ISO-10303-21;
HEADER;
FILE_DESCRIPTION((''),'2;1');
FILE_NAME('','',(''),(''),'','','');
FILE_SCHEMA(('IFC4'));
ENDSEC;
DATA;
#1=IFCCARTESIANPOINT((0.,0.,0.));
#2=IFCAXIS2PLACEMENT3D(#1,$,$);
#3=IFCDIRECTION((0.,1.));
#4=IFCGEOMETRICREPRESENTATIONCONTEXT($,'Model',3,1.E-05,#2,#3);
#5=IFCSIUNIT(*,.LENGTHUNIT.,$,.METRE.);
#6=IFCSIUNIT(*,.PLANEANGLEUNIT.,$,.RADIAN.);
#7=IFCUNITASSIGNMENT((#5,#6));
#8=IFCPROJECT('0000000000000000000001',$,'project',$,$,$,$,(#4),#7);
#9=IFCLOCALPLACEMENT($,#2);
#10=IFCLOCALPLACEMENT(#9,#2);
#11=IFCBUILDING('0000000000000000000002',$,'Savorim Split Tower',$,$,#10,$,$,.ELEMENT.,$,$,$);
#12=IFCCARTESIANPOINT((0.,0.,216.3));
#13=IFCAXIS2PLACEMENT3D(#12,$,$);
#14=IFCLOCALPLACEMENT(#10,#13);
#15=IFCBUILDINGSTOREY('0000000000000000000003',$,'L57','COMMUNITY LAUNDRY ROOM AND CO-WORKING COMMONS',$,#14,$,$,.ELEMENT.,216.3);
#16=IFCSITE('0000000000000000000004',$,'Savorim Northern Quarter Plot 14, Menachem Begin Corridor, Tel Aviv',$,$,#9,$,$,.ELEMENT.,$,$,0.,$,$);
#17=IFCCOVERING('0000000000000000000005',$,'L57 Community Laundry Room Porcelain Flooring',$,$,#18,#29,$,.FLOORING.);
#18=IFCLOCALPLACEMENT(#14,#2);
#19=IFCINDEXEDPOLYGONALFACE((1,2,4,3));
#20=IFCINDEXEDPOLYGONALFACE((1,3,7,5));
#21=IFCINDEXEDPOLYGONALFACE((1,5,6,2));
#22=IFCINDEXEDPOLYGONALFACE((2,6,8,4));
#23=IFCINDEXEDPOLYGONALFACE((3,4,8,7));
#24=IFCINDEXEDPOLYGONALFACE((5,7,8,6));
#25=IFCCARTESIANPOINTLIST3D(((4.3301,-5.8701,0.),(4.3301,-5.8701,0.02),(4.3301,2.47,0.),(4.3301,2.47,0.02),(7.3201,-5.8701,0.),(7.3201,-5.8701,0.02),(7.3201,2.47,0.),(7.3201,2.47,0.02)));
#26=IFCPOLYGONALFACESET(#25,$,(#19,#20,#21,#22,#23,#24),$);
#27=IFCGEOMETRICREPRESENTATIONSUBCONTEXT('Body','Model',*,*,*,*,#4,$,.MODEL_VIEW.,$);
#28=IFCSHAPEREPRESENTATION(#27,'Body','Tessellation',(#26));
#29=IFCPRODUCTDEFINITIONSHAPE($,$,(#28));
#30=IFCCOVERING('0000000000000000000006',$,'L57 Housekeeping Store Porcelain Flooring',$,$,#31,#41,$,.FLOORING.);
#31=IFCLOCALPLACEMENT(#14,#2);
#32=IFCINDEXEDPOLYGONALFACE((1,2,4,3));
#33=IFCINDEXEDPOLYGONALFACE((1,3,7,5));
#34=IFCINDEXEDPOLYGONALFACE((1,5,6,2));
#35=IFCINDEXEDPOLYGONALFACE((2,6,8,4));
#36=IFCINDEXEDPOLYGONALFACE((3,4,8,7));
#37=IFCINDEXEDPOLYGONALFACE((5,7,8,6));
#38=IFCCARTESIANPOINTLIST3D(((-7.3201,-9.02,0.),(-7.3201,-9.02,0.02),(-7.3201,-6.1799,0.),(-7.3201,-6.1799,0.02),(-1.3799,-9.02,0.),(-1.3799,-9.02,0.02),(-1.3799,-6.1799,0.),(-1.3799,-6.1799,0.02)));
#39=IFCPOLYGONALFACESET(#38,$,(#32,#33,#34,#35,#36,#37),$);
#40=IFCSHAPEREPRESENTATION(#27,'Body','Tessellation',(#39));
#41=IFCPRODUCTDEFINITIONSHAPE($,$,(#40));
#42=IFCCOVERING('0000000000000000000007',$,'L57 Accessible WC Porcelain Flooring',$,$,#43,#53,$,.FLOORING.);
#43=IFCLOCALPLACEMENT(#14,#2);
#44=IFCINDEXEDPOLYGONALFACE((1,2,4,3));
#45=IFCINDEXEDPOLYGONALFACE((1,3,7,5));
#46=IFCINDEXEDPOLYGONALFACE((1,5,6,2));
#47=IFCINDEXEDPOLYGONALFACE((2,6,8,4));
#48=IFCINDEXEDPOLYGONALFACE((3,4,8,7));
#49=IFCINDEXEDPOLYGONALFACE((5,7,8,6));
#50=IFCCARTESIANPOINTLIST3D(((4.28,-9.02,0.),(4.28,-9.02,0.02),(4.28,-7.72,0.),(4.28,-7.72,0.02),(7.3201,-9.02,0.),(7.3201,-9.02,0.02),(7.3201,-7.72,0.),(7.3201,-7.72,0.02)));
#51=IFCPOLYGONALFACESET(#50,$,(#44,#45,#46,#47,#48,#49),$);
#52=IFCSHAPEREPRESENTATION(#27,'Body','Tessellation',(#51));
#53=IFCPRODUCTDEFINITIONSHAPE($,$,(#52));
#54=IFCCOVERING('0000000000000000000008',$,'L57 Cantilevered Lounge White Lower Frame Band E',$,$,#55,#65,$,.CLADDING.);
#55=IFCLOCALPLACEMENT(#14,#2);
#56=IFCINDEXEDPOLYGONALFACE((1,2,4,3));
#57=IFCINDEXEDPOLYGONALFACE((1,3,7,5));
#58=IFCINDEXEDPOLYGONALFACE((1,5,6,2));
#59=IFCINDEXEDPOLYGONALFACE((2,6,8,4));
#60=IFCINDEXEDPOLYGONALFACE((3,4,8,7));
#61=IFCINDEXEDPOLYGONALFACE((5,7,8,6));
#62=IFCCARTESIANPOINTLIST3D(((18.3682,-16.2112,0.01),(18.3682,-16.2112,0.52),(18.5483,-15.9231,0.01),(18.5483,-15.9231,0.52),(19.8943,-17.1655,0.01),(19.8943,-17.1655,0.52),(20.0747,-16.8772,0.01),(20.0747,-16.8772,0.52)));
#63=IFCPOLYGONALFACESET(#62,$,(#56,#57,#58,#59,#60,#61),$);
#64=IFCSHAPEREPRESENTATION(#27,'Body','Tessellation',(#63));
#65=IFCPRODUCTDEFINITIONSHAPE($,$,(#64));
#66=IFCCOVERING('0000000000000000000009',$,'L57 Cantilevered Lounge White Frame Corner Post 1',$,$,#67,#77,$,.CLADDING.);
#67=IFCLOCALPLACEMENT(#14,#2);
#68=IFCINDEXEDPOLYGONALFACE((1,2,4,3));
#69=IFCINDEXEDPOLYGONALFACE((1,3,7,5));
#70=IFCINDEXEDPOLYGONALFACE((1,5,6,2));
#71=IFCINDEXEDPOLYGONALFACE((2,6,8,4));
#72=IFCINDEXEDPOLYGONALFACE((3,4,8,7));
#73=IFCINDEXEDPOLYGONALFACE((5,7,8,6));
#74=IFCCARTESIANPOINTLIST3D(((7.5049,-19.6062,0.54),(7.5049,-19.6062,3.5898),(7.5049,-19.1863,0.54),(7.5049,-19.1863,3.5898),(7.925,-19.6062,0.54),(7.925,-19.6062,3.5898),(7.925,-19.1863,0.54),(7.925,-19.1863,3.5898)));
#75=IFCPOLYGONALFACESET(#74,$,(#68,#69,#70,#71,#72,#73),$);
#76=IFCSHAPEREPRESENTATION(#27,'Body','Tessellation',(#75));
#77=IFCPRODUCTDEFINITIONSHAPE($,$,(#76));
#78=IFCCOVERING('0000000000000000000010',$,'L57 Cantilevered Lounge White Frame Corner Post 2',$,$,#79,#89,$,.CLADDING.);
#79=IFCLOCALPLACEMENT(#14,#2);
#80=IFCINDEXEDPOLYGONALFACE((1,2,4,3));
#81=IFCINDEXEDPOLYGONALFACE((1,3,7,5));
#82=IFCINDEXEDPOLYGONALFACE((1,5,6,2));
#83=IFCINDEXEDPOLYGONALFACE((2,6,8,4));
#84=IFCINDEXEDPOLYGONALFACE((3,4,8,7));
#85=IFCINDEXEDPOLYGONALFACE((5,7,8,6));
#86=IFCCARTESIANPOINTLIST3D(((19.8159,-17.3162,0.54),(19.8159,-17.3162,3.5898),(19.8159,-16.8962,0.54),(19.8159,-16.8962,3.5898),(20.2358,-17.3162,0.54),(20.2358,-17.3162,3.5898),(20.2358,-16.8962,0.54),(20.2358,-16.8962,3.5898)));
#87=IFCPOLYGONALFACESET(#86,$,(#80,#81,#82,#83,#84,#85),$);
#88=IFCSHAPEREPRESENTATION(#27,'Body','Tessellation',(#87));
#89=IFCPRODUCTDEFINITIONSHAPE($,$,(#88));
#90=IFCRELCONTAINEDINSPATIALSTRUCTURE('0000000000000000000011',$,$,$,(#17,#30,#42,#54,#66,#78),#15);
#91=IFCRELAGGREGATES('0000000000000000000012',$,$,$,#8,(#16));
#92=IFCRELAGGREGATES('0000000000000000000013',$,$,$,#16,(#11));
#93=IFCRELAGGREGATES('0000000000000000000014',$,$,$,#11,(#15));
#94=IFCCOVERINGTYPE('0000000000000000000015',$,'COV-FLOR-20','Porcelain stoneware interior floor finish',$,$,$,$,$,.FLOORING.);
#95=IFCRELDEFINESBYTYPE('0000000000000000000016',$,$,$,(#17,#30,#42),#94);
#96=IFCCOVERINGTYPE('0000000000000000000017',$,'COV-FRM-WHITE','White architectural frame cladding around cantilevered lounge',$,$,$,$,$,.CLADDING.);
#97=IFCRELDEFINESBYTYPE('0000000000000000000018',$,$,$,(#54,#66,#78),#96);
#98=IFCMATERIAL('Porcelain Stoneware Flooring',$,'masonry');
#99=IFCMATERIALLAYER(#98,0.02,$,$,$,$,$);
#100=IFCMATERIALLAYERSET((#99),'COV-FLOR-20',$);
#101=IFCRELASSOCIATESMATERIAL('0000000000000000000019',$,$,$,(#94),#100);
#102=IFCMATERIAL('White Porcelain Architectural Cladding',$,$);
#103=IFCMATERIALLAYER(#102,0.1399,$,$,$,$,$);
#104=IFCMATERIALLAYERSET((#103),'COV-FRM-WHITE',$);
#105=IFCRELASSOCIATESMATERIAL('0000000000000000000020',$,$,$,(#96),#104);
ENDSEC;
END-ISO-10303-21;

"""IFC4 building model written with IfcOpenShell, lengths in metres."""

from ifc_helpers import new_model, si_unit, direction, frame, origin, place, context, subcontext, project, spatial, polyline, outline, extrude, material, layer, layer_set, type_object, element, save


model = new_model("IFC4")

# Units and contexts
model_context = context("Model", 3, precision=1e-05, world=origin(), true_north=direction((0.0, 1.0)))
body_context = subcontext(model_context, "Body", "Model", "MODEL_VIEW")
ifc_project = project(units=[si_unit("LENGTHUNIT", "METRE"), si_unit("PLANEANGLEUNIT", "RADIAN")], contexts=[model_context])

# Site, building, storey
site_placement = place(None, origin())
site = spatial("IfcSite", under=ifc_project, at=site_placement, Name="Savorim Northern Quarter Plot 14, Menachem Begin Corridor, Tel Aviv", CompositionType="ELEMENT", RefElevation=0.0)
building_placement = place(site_placement, origin())
building = spatial("IfcBuilding", under=site, at=building_placement, Name="Savorim Split Tower", CompositionType="ELEMENT")
storey_placement = place(building_placement, frame((0.0, 0.0, 216.3)))
storey = spatial("IfcBuildingStorey", under=building, at=storey_placement, Name="L57", Description="COMMUNITY LAUNDRY ROOM AND CO-WORKING COMMONS", CompositionType="ELEMENT", Elevation=216.3)

# Coverings
ifc_material_1 = material(Name="Porcelain Stoneware Flooring", Category="masonry")
ifc_layer_1 = layer(ifc_material_1, 0.02)
ifc_layer_set_1 = layer_set([ifc_layer_1], Name="COV-FLOR-20")
covering_type_1 = type_object("IfcCoveringType", Name="COV-FLOR-20", Description="Porcelain stoneware interior floor finish", PredefinedType="FLOORING", material=ifc_layer_set_1)
covering_1_placement = place(storey_placement, origin())
element("IfcCovering", 1, at=covering_1_placement, inside=storey, type_object=covering_type_1, Name="L57 Community Laundry Room Porcelain Flooring", PredefinedType="FLOORING", context=body_context, shape_type="SweptSolid", body=[
    extrude(outline(polyline([(4.3301, 2.47), (4.3301, -5.8701), (7.3201, -5.8701), (7.3201, 2.47), (4.3301, 2.47)])), origin(), (0.0, 0.0, 1.0), 0.02),
])
covering_2_placement = place(storey_placement, origin())
element("IfcCovering", 2, at=covering_2_placement, inside=storey, type_object=covering_type_1, Name="L57 Housekeeping Store Porcelain Flooring", PredefinedType="FLOORING", context=body_context, shape_type="SweptSolid", body=[
    extrude(outline(polyline([(-7.3201, -6.1799), (-7.3201, -9.02), (-1.3799, -9.02), (-1.3799, -6.1799), (-7.3201, -6.1799)])), origin(), (0.0, 0.0, 1.0), 0.02),
])
covering_3_placement = place(storey_placement, origin())
element("IfcCovering", 3, at=covering_3_placement, inside=storey, type_object=covering_type_1, Name="L57 Accessible WC Porcelain Flooring", PredefinedType="FLOORING", context=body_context, shape_type="SweptSolid", body=[
    extrude(outline(polyline([(4.28, -7.72), (4.28, -9.02), (7.3201, -9.02), (7.3201, -7.72), (4.28, -7.72)])), origin(), (0.0, 0.0, 1.0), 0.02),
])
ifc_material_2 = material(Name="White Porcelain Architectural Cladding")
ifc_layer_2 = layer(ifc_material_2, 0.1399)
ifc_layer_set_2 = layer_set([ifc_layer_2], Name="COV-FRM-WHITE")
covering_type_2 = type_object("IfcCoveringType", Name="COV-FRM-WHITE", Description="White architectural frame cladding around cantilevered lounge", PredefinedType="CLADDING", material=ifc_layer_set_2)
covering_4_placement = place(storey_placement, frame((0.0, 0.0, 0.01)))
element("IfcCovering", 4, at=covering_4_placement, inside=storey, type_object=covering_type_2, Name="L57 Cantilevered Lounge White Lower Frame Band E", PredefinedType="CLADDING", context=body_context, shape_type="SweptSolid", body=[
    extrude(outline(polyline([(20.0747, -16.8772), (18.5483, -15.9231), (18.3682, -16.2112), (19.8943, -17.1655), (20.0747, -16.8772)])), origin(), (0.0, 0.0, 1.0), 0.51),
])
covering_5_placement = place(storey_placement, frame((0.0, 0.0, 0.54)))
element("IfcCovering", 5, at=covering_5_placement, inside=storey, type_object=covering_type_2, Name="L57 Cantilevered Lounge White Frame Corner Post 1", PredefinedType="CLADDING", context=body_context, shape_type="SweptSolid", body=[
    extrude(outline(polyline([(7.5049, -19.6062), (7.925, -19.6062), (7.925, -19.1863), (7.5049, -19.1863), (7.5049, -19.6062)])), origin(), (0.0, 0.0, 1.0), 3.0498),
])
covering_6_placement = place(storey_placement, frame((0.0, 0.0, 0.54)))
element("IfcCovering", 6, at=covering_6_placement, inside=storey, type_object=covering_type_2, Name="L57 Cantilevered Lounge White Frame Corner Post 2", PredefinedType="CLADDING", context=body_context, shape_type="SweptSolid", body=[
    extrude(outline(polyline([(19.8159, -17.3162), (20.2358, -17.3162), (20.2358, -16.8962), (19.8159, -16.8962), (19.8159, -17.3162)])), origin(), (0.0, 0.0, 1.0), 3.0498),
])

save(model, "model.ifc")
